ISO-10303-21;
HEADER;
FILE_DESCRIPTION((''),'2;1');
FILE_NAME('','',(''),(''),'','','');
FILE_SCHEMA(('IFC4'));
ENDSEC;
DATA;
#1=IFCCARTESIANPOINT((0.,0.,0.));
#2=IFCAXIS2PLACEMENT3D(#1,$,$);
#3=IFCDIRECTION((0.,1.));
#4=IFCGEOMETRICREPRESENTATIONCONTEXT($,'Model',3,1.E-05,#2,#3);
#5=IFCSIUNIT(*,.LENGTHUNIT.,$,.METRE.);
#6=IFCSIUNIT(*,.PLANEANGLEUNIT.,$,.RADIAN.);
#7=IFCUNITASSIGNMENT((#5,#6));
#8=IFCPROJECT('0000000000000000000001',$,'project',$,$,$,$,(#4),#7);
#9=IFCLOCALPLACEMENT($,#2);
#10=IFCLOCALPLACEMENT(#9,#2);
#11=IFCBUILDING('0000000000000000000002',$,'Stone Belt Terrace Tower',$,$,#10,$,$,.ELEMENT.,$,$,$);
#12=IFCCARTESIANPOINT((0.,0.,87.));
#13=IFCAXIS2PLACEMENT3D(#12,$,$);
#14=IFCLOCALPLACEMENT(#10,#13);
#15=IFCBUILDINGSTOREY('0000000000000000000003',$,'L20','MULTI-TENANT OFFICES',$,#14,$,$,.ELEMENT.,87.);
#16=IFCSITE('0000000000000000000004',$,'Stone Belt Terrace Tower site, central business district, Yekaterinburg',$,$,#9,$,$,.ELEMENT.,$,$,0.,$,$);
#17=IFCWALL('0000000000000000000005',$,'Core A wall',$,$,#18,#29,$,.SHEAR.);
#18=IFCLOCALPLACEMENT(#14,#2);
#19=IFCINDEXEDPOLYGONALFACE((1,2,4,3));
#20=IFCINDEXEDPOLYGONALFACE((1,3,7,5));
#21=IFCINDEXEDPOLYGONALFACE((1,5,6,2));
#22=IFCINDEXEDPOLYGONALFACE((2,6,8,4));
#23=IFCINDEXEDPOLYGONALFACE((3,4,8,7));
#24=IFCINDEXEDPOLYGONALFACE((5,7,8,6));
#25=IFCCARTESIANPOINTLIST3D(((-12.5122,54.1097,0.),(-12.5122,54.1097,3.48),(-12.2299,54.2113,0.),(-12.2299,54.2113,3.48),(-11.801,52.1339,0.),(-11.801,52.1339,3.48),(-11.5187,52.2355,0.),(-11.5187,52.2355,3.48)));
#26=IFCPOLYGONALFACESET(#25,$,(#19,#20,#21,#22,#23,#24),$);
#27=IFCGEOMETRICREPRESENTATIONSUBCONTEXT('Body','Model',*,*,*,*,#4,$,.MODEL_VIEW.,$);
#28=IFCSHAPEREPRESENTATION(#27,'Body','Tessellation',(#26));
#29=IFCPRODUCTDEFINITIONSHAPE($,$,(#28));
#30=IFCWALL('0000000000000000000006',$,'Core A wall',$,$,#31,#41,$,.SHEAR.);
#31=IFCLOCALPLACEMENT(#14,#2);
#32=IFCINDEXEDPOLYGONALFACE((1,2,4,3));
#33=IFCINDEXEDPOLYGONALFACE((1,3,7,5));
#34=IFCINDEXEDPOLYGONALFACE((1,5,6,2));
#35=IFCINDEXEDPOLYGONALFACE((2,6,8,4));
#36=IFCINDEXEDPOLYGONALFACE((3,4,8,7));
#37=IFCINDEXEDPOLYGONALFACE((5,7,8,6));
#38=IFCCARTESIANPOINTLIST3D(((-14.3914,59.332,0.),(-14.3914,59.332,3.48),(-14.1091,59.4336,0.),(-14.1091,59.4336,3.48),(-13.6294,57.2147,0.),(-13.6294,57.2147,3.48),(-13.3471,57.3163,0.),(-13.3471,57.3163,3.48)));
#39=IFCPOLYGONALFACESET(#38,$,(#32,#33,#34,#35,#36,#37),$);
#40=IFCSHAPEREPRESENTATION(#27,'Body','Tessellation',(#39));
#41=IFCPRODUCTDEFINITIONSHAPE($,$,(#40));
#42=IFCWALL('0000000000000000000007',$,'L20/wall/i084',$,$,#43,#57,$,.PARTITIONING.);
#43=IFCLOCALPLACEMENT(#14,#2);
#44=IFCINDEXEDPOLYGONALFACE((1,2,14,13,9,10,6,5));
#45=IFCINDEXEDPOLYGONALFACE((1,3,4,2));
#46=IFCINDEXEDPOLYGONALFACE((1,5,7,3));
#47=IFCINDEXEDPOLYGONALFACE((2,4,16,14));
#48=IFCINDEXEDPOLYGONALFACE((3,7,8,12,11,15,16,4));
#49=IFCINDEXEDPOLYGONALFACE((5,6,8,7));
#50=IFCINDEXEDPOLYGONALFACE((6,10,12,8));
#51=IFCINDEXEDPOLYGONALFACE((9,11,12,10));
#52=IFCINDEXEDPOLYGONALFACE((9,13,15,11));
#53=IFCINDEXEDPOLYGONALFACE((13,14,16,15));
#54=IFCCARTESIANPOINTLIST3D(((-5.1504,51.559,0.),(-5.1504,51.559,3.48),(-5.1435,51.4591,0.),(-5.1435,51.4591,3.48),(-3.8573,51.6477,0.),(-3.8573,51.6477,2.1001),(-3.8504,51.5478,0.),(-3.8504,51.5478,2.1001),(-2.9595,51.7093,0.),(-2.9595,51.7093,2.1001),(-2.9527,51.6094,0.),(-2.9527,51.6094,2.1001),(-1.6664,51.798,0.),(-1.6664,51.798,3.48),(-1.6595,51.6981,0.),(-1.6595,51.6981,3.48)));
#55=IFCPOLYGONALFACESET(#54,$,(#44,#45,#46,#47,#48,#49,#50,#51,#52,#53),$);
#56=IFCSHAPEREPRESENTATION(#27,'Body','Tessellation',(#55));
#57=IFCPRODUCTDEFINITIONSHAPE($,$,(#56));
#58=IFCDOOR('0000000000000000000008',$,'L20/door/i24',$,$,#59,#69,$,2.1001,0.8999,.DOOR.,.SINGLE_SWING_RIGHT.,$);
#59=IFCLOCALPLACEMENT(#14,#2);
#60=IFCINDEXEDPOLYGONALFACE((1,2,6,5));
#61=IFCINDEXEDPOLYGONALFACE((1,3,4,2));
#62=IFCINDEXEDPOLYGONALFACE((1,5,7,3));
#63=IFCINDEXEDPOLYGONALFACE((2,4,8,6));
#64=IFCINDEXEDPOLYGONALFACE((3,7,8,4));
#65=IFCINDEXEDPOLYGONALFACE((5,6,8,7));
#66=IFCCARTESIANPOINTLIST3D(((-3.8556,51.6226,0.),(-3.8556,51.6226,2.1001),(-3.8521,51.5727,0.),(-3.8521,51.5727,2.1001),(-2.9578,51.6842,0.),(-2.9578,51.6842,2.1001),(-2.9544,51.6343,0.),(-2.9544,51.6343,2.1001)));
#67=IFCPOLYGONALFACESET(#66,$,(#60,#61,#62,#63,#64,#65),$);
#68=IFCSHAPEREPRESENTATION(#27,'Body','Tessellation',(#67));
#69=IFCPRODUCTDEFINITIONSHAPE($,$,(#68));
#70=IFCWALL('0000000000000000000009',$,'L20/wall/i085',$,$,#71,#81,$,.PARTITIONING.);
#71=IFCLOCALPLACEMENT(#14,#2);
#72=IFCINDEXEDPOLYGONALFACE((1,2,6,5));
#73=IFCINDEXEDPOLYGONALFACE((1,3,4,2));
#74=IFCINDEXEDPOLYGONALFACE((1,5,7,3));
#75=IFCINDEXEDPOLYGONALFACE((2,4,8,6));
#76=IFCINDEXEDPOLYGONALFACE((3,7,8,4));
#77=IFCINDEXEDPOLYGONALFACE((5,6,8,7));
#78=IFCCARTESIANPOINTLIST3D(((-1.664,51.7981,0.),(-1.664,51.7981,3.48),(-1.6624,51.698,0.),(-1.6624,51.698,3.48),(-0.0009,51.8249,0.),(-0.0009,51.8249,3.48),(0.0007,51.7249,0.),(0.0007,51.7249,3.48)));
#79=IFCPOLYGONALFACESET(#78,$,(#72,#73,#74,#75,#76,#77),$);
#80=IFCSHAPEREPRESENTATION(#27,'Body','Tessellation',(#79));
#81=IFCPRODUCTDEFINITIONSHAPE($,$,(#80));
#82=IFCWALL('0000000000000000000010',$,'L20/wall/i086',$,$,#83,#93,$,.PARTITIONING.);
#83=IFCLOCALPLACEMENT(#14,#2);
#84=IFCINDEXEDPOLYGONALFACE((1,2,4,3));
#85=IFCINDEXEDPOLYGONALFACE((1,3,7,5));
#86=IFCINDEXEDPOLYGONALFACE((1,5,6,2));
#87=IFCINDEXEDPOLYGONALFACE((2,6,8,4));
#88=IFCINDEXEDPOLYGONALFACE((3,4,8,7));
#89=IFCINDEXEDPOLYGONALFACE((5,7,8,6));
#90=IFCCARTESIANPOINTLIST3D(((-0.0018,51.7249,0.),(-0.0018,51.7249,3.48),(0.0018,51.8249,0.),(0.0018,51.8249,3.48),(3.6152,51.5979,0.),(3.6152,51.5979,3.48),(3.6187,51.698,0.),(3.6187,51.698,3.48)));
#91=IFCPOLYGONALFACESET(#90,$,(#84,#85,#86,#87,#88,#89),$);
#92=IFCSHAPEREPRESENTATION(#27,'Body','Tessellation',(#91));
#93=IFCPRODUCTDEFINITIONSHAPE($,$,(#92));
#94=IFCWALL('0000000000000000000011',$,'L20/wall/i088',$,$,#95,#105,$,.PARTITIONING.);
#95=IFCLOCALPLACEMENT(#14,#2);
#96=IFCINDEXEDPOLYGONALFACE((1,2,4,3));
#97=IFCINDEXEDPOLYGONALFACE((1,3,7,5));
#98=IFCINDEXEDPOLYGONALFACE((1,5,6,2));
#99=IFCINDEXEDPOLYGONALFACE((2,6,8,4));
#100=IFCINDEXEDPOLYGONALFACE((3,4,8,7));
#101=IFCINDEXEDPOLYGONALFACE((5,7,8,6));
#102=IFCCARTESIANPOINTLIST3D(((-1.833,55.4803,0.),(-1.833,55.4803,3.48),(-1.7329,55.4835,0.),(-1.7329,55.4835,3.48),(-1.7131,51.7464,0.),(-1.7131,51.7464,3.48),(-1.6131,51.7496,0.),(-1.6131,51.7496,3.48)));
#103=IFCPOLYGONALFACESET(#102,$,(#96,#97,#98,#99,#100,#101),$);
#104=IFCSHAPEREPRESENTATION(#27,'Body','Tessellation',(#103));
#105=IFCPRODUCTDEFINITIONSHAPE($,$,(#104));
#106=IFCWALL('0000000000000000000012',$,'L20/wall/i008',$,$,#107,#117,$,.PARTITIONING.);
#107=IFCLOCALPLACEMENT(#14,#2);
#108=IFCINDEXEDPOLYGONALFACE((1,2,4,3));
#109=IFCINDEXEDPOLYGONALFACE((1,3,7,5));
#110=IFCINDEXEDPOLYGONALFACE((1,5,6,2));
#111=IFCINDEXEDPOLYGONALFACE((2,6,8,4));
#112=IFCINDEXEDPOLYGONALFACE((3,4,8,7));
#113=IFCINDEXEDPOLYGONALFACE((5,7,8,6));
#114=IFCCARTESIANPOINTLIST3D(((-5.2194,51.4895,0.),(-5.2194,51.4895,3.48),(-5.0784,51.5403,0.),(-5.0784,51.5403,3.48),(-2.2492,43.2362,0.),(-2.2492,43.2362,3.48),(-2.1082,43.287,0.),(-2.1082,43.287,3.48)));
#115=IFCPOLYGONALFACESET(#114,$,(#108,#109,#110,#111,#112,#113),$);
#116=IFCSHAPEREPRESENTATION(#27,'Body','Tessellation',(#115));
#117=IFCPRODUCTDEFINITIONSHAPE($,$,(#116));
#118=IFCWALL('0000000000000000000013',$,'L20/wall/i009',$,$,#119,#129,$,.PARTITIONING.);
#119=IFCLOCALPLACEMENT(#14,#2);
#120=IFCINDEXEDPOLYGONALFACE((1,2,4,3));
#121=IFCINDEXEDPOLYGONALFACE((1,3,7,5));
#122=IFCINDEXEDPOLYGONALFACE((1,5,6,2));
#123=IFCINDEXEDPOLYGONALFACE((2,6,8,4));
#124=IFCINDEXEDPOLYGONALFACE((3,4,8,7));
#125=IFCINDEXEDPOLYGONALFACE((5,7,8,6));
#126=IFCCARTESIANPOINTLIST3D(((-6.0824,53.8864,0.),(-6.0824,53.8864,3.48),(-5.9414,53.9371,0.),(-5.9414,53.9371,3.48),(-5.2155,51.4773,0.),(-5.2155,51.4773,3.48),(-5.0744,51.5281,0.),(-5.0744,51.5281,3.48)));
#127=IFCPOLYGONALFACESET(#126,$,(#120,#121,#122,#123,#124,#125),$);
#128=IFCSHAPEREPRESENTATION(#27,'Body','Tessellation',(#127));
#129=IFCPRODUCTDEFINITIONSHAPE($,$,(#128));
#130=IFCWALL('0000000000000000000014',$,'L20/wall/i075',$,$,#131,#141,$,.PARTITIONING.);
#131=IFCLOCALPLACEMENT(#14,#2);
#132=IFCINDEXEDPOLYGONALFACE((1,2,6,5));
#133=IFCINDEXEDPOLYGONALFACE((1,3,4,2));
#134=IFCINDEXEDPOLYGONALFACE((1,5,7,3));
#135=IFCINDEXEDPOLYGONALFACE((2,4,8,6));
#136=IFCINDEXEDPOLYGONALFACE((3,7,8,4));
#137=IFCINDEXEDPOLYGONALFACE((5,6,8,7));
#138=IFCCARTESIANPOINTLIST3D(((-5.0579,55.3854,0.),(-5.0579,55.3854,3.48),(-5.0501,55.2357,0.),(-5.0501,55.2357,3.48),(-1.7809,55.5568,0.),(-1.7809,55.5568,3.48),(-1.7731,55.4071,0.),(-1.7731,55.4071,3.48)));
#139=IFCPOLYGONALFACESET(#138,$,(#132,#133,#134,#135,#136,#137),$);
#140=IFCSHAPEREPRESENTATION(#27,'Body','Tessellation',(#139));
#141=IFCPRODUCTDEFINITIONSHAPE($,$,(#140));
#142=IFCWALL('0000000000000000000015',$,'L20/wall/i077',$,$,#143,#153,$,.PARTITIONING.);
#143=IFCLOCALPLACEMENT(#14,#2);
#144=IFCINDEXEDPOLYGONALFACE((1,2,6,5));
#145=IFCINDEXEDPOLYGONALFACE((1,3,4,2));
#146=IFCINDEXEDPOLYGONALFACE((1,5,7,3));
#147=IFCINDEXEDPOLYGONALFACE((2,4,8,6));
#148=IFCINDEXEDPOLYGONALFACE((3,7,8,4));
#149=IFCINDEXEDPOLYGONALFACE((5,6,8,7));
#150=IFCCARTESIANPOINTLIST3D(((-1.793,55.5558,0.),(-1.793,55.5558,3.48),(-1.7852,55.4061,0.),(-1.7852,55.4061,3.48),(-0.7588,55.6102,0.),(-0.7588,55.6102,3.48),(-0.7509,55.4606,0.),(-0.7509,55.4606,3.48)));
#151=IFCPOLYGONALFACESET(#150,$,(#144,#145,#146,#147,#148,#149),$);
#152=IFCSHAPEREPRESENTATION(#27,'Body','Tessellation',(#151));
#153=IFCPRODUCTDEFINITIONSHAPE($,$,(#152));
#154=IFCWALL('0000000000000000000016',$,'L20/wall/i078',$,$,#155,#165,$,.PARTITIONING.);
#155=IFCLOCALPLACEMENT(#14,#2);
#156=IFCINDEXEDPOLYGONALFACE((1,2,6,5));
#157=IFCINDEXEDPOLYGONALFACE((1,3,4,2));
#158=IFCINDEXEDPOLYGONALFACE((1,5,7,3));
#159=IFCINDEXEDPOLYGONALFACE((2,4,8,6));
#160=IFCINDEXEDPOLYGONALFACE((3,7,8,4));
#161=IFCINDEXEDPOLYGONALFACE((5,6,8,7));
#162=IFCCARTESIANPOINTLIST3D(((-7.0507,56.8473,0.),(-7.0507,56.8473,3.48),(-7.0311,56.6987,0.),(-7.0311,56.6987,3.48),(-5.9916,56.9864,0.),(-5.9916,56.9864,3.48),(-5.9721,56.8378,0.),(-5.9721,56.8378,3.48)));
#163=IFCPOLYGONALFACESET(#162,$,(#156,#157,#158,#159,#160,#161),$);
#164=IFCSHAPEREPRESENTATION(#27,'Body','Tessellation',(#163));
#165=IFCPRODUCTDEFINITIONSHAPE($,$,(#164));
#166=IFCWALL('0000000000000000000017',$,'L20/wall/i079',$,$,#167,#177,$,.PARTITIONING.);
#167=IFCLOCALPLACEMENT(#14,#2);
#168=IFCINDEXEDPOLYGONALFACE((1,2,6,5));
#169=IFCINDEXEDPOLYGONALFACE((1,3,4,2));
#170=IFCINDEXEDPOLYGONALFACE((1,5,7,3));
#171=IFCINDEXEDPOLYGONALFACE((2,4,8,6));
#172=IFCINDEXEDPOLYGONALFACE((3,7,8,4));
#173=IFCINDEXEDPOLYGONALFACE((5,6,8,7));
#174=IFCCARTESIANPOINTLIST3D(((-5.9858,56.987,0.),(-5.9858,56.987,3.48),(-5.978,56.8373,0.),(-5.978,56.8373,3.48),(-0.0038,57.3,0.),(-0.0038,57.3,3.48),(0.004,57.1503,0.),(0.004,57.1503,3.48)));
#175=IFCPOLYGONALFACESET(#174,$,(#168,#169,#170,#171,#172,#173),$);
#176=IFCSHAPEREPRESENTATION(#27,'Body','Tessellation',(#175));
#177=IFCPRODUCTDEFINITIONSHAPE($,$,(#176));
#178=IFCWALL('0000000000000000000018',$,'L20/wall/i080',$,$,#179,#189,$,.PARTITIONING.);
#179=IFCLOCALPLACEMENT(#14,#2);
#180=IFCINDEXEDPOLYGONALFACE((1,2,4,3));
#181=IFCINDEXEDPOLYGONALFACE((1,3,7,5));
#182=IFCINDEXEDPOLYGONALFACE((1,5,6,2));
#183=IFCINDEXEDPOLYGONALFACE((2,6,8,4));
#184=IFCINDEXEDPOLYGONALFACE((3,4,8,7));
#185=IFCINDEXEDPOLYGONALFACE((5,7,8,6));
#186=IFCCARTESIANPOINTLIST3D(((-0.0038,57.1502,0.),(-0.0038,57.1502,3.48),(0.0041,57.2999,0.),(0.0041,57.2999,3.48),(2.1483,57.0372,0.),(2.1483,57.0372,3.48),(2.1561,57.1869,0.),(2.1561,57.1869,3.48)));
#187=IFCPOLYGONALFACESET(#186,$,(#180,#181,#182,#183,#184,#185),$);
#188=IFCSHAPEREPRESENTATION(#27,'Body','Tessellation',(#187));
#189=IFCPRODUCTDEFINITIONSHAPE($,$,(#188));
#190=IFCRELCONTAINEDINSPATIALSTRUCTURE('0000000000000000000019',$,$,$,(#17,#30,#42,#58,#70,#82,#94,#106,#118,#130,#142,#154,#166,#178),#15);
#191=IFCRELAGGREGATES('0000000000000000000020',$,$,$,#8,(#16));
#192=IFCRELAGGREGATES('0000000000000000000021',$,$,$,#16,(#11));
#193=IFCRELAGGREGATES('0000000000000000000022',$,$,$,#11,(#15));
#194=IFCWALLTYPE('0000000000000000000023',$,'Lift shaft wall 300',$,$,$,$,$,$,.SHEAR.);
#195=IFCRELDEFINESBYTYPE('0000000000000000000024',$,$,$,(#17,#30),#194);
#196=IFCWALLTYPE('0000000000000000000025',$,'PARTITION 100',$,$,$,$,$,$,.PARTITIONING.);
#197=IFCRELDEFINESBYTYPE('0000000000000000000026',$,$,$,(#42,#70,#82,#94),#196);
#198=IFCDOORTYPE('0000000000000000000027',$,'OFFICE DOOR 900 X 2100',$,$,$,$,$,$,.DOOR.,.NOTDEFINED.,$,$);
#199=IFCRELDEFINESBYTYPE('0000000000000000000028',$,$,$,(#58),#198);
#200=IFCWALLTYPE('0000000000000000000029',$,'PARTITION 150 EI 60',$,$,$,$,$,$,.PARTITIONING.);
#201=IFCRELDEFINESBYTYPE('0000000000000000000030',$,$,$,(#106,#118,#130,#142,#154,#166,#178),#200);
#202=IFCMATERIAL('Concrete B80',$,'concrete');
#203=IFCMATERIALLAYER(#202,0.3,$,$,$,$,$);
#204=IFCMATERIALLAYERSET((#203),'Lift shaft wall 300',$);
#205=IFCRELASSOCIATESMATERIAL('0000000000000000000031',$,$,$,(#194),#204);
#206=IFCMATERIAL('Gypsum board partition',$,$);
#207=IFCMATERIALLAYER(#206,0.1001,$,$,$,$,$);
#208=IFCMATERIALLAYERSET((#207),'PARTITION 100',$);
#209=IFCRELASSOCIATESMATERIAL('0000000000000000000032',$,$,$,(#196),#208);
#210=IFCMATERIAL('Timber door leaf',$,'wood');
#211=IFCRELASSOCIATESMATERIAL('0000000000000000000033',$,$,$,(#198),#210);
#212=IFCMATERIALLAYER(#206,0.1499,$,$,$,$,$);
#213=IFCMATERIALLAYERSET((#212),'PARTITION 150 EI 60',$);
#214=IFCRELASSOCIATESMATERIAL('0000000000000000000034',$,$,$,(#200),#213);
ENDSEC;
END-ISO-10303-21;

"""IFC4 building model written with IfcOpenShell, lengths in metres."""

from ifc_helpers import new_model, si_unit, direction, frame, frame_2d, origin, place, context, subcontext, project, spatial, rectangle, extrude, material, layer, layer_set, type_object, element, fill, save


model = new_model("IFC4")

# Units and contexts
model_context = context("Model", 3, precision=1e-05, world=origin(), true_north=direction((0.0, 1.0)))
body_context = subcontext(model_context, "Body", "Model", "MODEL_VIEW")
ifc_project = project(units=[si_unit("LENGTHUNIT", "METRE"), si_unit("PLANEANGLEUNIT", "RADIAN")], contexts=[model_context])

# Site, building, storey
site_placement = place(None, origin())
site = spatial("IfcSite", under=ifc_project, at=site_placement, Name="Stone Belt Terrace Tower site, central business district, Yekaterinburg", CompositionType="ELEMENT", RefElevation=0.0)
building_placement = place(site_placement, origin())
building = spatial("IfcBuilding", under=site, at=building_placement, Name="Stone Belt Terrace Tower", CompositionType="ELEMENT")
storey_placement = place(building_placement, frame((0.0, 0.0, 87.0)))
storey = spatial("IfcBuildingStorey", under=building, at=storey_placement, Name="L20", Description="MULTI-TENANT OFFICES", CompositionType="ELEMENT", Elevation=87.0)

# Shared definitions
ifc_material_1 = material(Name="Concrete B80", Category="concrete")

# Shared definitions
ifc_material_2 = material(Name="Timber door leaf", Category="wood")

# Walls
ifc_layer_1 = layer(ifc_material_1, 0.3)
ifc_layer_set_1 = layer_set([ifc_layer_1], Name="Lift shaft wall 300")
wall_type_1 = type_object("IfcWallType", Name="Lift shaft wall 300", PredefinedType="SHEAR", material=ifc_layer_set_1)
wall_1_placement = place(storey_placement, frame((-11.6599, 52.1848, 0.0), z_axis=(0.0, 0.0, 1.0), x_axis=(-0.33867, 0.940905, 0.0)))
element("IfcWall", 1, at=wall_1_placement, inside=storey, type_object=wall_type_1, Name="Core A wall", PredefinedType="SHEAR", context=body_context, shape_type="SweptSolid", body=[
    extrude(rectangle(XDim=2.0999, YDim=0.3, at=frame_2d((1.0498, 0.0))), origin(), (0.0, 0.0, 1.0), 3.48),
])
wall_2_placement = place(storey_placement, frame((-13.4883, 57.2656, 0.0), z_axis=(0.0, 0.0, 1.0), x_axis=(-0.338631, 0.940919, 0.0)))
element("IfcWall", 2, at=wall_2_placement, inside=storey, type_object=wall_type_1, Name="Core A wall", PredefinedType="SHEAR", context=body_context, shape_type="SweptSolid", body=[
    extrude(rectangle(XDim=2.2502, YDim=0.3, at=frame_2d((1.125, 0.0))), origin(), (0.0, 0.0, 1.0), 3.48),
])

# Wall, opening, door
ifc_material_3 = material(Name="Gypsum board partition")
ifc_layer_2 = layer(ifc_material_3, 0.1001)
ifc_layer_set_2 = layer_set([ifc_layer_2], Name="PARTITION 100")
wall_type_2 = type_object("IfcWallType", Name="PARTITION 100", PredefinedType="PARTITIONING", material=ifc_layer_set_2)
wall_3_placement = place(storey_placement, frame((-5.147, 51.509, 0.0), z_axis=(0.0, 0.0, 1.0), x_axis=(0.997655, 0.068445, 0.0)))
wall_3 = element("IfcWall", 3, at=wall_3_placement, inside=storey, type_object=wall_type_2, Name="L20/wall/i084", PredefinedType="PARTITIONING", context=body_context, shape_type="SweptSolid", body=[
    extrude(rectangle(XDim=3.4922, YDim=0.1001, at=frame_2d((1.7461, 0.0))), origin(), (0.0, 0.0, 1.0), 3.48),
])
opening_1_placement = place(wall_3_placement, frame((1.2961, 0.0, 0.0)))
opening_1 = element("IfcOpeningElement", 4, at=opening_1_placement, cuts=wall_3, PredefinedType="OPENING", context=body_context, shape_type="SweptSolid", body=[
    extrude(rectangle(XDim=0.8999, YDim=2.1001, at=frame_2d((0.45, 1.05))), frame((0.0, 0.0601, 0.0), z_axis=(0.0, -1.0, 0.0), x_axis=(1.0, 0.0, 0.0)), (0.0, 0.0, 1.0), 0.1201),
])
door_type_1 = type_object("IfcDoorType", Name="OFFICE DOOR 900 X 2100", OperationType="NOTDEFINED", PredefinedType="DOOR", material=ifc_material_2)
door_1_placement = place(opening_1_placement, origin())
door_1 = element("IfcDoor", 5, at=door_1_placement, inside=storey, type_object=door_type_1, Name="L20/door/i24", OperationType="SINGLE_SWING_RIGHT", OverallHeight=2.1001, OverallWidth=0.8999, PredefinedType="DOOR", context=body_context, shape_type="SweptSolid", body=[
    extrude(rectangle(XDim=0.8999, YDim=2.1001, at=frame_2d((0.45, 1.05))), frame((0.0, 0.0249, 0.0), z_axis=(0.0, -1.0, 0.0), x_axis=(1.0, 0.0, 0.0)), (0.0, 0.0, 1.0), 0.05),
])
fill(opening_1, door_1)

# Walls
wall_4_placement = place(storey_placement, frame((-1.6631, 51.748, 0.0), z_axis=(0.0, 0.0, 1.0), x_axis=(0.99987, 0.016146, 0.0)))
element("IfcWall", 6, at=wall_4_placement, inside=storey, type_object=wall_type_2, Name="L20/wall/i085", PredefinedType="PARTITIONING", context=body_context, shape_type="SweptSolid", body=[
    extrude(rectangle(XDim=1.6633, YDim=0.1001, at=frame_2d((0.8315, 0.0))), origin(), (0.0, 0.0, 1.0), 3.48),
])
wall_5_placement = place(storey_placement, frame((0.0, 51.7749, 0.0), z_axis=(0.0, 0.0, 1.0), x_axis=(0.999385, -0.035078, 0.0)))
element("IfcWall", 7, at=wall_5_placement, inside=storey, type_object=wall_type_2, Name="L20/wall/i086", PredefinedType="PARTITIONING", context=body_context, shape_type="SweptSolid", body=[
    extrude(rectangle(XDim=3.6191, YDim=0.1001, at=frame_2d((1.8096, 0.0))), origin(), (0.0, 0.0, 1.0), 3.48),
])
wall_6_placement = place(storey_placement, frame((-1.783, 55.4819, 0.0), z_axis=(0.0, 0.0, 1.0), x_axis=(0.032088, -0.999485, 0.0)))
element("IfcWall", 8, at=wall_6_placement, inside=storey, type_object=wall_type_2, Name="L20/wall/i088", PredefinedType="PARTITIONING", context=body_context, shape_type="SweptSolid", body=[
    extrude(rectangle(XDim=3.7358, YDim=0.1001, at=frame_2d((1.8679, 0.0))), origin(), (0.0, 0.0, 1.0), 3.48),
])
ifc_layer_3 = layer(ifc_material_3, 0.1499)
ifc_layer_set_3 = layer_set([ifc_layer_3], Name="PARTITION 150 EI 60")
wall_type_3 = type_object("IfcWallType", Name="PARTITION 150 EI 60", PredefinedType="PARTITIONING", material=ifc_layer_set_3)
wall_7_placement = place(storey_placement, frame((-5.1489, 51.5149, 0.0), z_axis=(0.0, 0.0, 1.0), x_axis=(0.338626, -0.940921, 0.0)))
element("IfcWall", 9, at=wall_7_placement, inside=storey, type_object=wall_type_3, Name="L20/wall/i008", PredefinedType="PARTITIONING", context=body_context, shape_type="SweptSolid", body=[
    extrude(rectangle(XDim=8.7715, YDim=0.1499, at=frame_2d((4.3857, 0.0))), origin(), (0.0, 0.0, 1.0), 3.48),
])
wall_8_placement = place(storey_placement, frame((-6.012, 53.9119, 0.0), z_axis=(0.0, 0.0, 1.0), x_axis=(0.338625, -0.940921, 0.0)))
element("IfcWall", 10, at=wall_8_placement, inside=storey, type_object=wall_type_3, Name="L20/wall/i009", PredefinedType="PARTITIONING", context=body_context, shape_type="SweptSolid", body=[
    extrude(rectangle(XDim=2.5603, YDim=0.1499, at=frame_2d((1.2803, 0.0))), origin(), (0.0, 0.0, 1.0), 3.48),
])
wall_9_placement = place(storey_placement, frame((-1.7771, 55.4819, 0.0), z_axis=(0.0, 0.0, 1.0), x_axis=(-0.998635, -0.052227, 0.0)))
element("IfcWall", 11, at=wall_9_placement, inside=storey, type_object=wall_type_3, Name="L20/wall/i075", PredefinedType="PARTITIONING", context=body_context, shape_type="SweptSolid", body=[
    extrude(rectangle(XDim=3.2815, YDim=0.1499, at=frame_2d((1.6406, 0.0))), origin(), (0.0, 0.0, 1.0), 3.48),
])
wall_10_placement = place(storey_placement, frame((-0.7549, 55.5354, 0.0), z_axis=(0.0, 0.0, 1.0), x_axis=(-0.998617, -0.052571, 0.0)))
element("IfcWall", 12, at=wall_10_placement, inside=storey, type_object=wall_type_3, Name="L20/wall/i077", PredefinedType="PARTITIONING", context=body_context, shape_type="SweptSolid", body=[
    extrude(rectangle(XDim=1.0356, YDim=0.1499, at=frame_2d((0.5178, 0.0))), origin(), (0.0, 0.0, 1.0), 3.48),
])
wall_11_placement = place(storey_placement, frame((-7.041, 56.7729, 0.0), z_axis=(0.0, 0.0, 1.0), x_axis=(0.991478, 0.130277, 0.0)))
element("IfcWall", 13, at=wall_11_placement, inside=storey, type_object=wall_type_3, Name="L20/wall/i078", PredefinedType="PARTITIONING", context=body_context, shape_type="SweptSolid", body=[
    extrude(rectangle(XDim=1.0681, YDim=0.1499, at=frame_2d((0.5342, 0.0))), origin(), (0.0, 0.0, 1.0), 3.48),
])
wall_12_placement = place(storey_placement, frame((-5.9819, 56.9121, 0.0), z_axis=(0.0, 0.0, 1.0), x_axis=(0.998634, 0.052251, 0.0)))
element("IfcWall", 14, at=wall_12_placement, inside=storey, type_object=wall_type_3, Name="L20/wall/i079", PredefinedType="PARTITIONING", context=body_context, shape_type="SweptSolid", body=[
    extrude(rectangle(XDim=5.9902, YDim=0.1499, at=frame_2d((2.9951, 0.0))), origin(), (0.0, 0.0, 1.0), 3.48),
])
wall_13_placement = place(storey_placement, frame((0.0, 57.2251, 0.0), z_axis=(0.0, 0.0, 1.0), x_axis=(0.998623, -0.052452, 0.0)))
element("IfcWall", 15, at=wall_13_placement, inside=storey, type_object=wall_type_3, Name="L20/wall/i080", PredefinedType="PARTITIONING", context=body_context, shape_type="SweptSolid", body=[
    extrude(rectangle(XDim=2.155, YDim=0.1499, at=frame_2d((1.0776, 0.0))), origin(), (0.0, 0.0, 1.0), 3.48),
])

save(model, "model.ifc")
